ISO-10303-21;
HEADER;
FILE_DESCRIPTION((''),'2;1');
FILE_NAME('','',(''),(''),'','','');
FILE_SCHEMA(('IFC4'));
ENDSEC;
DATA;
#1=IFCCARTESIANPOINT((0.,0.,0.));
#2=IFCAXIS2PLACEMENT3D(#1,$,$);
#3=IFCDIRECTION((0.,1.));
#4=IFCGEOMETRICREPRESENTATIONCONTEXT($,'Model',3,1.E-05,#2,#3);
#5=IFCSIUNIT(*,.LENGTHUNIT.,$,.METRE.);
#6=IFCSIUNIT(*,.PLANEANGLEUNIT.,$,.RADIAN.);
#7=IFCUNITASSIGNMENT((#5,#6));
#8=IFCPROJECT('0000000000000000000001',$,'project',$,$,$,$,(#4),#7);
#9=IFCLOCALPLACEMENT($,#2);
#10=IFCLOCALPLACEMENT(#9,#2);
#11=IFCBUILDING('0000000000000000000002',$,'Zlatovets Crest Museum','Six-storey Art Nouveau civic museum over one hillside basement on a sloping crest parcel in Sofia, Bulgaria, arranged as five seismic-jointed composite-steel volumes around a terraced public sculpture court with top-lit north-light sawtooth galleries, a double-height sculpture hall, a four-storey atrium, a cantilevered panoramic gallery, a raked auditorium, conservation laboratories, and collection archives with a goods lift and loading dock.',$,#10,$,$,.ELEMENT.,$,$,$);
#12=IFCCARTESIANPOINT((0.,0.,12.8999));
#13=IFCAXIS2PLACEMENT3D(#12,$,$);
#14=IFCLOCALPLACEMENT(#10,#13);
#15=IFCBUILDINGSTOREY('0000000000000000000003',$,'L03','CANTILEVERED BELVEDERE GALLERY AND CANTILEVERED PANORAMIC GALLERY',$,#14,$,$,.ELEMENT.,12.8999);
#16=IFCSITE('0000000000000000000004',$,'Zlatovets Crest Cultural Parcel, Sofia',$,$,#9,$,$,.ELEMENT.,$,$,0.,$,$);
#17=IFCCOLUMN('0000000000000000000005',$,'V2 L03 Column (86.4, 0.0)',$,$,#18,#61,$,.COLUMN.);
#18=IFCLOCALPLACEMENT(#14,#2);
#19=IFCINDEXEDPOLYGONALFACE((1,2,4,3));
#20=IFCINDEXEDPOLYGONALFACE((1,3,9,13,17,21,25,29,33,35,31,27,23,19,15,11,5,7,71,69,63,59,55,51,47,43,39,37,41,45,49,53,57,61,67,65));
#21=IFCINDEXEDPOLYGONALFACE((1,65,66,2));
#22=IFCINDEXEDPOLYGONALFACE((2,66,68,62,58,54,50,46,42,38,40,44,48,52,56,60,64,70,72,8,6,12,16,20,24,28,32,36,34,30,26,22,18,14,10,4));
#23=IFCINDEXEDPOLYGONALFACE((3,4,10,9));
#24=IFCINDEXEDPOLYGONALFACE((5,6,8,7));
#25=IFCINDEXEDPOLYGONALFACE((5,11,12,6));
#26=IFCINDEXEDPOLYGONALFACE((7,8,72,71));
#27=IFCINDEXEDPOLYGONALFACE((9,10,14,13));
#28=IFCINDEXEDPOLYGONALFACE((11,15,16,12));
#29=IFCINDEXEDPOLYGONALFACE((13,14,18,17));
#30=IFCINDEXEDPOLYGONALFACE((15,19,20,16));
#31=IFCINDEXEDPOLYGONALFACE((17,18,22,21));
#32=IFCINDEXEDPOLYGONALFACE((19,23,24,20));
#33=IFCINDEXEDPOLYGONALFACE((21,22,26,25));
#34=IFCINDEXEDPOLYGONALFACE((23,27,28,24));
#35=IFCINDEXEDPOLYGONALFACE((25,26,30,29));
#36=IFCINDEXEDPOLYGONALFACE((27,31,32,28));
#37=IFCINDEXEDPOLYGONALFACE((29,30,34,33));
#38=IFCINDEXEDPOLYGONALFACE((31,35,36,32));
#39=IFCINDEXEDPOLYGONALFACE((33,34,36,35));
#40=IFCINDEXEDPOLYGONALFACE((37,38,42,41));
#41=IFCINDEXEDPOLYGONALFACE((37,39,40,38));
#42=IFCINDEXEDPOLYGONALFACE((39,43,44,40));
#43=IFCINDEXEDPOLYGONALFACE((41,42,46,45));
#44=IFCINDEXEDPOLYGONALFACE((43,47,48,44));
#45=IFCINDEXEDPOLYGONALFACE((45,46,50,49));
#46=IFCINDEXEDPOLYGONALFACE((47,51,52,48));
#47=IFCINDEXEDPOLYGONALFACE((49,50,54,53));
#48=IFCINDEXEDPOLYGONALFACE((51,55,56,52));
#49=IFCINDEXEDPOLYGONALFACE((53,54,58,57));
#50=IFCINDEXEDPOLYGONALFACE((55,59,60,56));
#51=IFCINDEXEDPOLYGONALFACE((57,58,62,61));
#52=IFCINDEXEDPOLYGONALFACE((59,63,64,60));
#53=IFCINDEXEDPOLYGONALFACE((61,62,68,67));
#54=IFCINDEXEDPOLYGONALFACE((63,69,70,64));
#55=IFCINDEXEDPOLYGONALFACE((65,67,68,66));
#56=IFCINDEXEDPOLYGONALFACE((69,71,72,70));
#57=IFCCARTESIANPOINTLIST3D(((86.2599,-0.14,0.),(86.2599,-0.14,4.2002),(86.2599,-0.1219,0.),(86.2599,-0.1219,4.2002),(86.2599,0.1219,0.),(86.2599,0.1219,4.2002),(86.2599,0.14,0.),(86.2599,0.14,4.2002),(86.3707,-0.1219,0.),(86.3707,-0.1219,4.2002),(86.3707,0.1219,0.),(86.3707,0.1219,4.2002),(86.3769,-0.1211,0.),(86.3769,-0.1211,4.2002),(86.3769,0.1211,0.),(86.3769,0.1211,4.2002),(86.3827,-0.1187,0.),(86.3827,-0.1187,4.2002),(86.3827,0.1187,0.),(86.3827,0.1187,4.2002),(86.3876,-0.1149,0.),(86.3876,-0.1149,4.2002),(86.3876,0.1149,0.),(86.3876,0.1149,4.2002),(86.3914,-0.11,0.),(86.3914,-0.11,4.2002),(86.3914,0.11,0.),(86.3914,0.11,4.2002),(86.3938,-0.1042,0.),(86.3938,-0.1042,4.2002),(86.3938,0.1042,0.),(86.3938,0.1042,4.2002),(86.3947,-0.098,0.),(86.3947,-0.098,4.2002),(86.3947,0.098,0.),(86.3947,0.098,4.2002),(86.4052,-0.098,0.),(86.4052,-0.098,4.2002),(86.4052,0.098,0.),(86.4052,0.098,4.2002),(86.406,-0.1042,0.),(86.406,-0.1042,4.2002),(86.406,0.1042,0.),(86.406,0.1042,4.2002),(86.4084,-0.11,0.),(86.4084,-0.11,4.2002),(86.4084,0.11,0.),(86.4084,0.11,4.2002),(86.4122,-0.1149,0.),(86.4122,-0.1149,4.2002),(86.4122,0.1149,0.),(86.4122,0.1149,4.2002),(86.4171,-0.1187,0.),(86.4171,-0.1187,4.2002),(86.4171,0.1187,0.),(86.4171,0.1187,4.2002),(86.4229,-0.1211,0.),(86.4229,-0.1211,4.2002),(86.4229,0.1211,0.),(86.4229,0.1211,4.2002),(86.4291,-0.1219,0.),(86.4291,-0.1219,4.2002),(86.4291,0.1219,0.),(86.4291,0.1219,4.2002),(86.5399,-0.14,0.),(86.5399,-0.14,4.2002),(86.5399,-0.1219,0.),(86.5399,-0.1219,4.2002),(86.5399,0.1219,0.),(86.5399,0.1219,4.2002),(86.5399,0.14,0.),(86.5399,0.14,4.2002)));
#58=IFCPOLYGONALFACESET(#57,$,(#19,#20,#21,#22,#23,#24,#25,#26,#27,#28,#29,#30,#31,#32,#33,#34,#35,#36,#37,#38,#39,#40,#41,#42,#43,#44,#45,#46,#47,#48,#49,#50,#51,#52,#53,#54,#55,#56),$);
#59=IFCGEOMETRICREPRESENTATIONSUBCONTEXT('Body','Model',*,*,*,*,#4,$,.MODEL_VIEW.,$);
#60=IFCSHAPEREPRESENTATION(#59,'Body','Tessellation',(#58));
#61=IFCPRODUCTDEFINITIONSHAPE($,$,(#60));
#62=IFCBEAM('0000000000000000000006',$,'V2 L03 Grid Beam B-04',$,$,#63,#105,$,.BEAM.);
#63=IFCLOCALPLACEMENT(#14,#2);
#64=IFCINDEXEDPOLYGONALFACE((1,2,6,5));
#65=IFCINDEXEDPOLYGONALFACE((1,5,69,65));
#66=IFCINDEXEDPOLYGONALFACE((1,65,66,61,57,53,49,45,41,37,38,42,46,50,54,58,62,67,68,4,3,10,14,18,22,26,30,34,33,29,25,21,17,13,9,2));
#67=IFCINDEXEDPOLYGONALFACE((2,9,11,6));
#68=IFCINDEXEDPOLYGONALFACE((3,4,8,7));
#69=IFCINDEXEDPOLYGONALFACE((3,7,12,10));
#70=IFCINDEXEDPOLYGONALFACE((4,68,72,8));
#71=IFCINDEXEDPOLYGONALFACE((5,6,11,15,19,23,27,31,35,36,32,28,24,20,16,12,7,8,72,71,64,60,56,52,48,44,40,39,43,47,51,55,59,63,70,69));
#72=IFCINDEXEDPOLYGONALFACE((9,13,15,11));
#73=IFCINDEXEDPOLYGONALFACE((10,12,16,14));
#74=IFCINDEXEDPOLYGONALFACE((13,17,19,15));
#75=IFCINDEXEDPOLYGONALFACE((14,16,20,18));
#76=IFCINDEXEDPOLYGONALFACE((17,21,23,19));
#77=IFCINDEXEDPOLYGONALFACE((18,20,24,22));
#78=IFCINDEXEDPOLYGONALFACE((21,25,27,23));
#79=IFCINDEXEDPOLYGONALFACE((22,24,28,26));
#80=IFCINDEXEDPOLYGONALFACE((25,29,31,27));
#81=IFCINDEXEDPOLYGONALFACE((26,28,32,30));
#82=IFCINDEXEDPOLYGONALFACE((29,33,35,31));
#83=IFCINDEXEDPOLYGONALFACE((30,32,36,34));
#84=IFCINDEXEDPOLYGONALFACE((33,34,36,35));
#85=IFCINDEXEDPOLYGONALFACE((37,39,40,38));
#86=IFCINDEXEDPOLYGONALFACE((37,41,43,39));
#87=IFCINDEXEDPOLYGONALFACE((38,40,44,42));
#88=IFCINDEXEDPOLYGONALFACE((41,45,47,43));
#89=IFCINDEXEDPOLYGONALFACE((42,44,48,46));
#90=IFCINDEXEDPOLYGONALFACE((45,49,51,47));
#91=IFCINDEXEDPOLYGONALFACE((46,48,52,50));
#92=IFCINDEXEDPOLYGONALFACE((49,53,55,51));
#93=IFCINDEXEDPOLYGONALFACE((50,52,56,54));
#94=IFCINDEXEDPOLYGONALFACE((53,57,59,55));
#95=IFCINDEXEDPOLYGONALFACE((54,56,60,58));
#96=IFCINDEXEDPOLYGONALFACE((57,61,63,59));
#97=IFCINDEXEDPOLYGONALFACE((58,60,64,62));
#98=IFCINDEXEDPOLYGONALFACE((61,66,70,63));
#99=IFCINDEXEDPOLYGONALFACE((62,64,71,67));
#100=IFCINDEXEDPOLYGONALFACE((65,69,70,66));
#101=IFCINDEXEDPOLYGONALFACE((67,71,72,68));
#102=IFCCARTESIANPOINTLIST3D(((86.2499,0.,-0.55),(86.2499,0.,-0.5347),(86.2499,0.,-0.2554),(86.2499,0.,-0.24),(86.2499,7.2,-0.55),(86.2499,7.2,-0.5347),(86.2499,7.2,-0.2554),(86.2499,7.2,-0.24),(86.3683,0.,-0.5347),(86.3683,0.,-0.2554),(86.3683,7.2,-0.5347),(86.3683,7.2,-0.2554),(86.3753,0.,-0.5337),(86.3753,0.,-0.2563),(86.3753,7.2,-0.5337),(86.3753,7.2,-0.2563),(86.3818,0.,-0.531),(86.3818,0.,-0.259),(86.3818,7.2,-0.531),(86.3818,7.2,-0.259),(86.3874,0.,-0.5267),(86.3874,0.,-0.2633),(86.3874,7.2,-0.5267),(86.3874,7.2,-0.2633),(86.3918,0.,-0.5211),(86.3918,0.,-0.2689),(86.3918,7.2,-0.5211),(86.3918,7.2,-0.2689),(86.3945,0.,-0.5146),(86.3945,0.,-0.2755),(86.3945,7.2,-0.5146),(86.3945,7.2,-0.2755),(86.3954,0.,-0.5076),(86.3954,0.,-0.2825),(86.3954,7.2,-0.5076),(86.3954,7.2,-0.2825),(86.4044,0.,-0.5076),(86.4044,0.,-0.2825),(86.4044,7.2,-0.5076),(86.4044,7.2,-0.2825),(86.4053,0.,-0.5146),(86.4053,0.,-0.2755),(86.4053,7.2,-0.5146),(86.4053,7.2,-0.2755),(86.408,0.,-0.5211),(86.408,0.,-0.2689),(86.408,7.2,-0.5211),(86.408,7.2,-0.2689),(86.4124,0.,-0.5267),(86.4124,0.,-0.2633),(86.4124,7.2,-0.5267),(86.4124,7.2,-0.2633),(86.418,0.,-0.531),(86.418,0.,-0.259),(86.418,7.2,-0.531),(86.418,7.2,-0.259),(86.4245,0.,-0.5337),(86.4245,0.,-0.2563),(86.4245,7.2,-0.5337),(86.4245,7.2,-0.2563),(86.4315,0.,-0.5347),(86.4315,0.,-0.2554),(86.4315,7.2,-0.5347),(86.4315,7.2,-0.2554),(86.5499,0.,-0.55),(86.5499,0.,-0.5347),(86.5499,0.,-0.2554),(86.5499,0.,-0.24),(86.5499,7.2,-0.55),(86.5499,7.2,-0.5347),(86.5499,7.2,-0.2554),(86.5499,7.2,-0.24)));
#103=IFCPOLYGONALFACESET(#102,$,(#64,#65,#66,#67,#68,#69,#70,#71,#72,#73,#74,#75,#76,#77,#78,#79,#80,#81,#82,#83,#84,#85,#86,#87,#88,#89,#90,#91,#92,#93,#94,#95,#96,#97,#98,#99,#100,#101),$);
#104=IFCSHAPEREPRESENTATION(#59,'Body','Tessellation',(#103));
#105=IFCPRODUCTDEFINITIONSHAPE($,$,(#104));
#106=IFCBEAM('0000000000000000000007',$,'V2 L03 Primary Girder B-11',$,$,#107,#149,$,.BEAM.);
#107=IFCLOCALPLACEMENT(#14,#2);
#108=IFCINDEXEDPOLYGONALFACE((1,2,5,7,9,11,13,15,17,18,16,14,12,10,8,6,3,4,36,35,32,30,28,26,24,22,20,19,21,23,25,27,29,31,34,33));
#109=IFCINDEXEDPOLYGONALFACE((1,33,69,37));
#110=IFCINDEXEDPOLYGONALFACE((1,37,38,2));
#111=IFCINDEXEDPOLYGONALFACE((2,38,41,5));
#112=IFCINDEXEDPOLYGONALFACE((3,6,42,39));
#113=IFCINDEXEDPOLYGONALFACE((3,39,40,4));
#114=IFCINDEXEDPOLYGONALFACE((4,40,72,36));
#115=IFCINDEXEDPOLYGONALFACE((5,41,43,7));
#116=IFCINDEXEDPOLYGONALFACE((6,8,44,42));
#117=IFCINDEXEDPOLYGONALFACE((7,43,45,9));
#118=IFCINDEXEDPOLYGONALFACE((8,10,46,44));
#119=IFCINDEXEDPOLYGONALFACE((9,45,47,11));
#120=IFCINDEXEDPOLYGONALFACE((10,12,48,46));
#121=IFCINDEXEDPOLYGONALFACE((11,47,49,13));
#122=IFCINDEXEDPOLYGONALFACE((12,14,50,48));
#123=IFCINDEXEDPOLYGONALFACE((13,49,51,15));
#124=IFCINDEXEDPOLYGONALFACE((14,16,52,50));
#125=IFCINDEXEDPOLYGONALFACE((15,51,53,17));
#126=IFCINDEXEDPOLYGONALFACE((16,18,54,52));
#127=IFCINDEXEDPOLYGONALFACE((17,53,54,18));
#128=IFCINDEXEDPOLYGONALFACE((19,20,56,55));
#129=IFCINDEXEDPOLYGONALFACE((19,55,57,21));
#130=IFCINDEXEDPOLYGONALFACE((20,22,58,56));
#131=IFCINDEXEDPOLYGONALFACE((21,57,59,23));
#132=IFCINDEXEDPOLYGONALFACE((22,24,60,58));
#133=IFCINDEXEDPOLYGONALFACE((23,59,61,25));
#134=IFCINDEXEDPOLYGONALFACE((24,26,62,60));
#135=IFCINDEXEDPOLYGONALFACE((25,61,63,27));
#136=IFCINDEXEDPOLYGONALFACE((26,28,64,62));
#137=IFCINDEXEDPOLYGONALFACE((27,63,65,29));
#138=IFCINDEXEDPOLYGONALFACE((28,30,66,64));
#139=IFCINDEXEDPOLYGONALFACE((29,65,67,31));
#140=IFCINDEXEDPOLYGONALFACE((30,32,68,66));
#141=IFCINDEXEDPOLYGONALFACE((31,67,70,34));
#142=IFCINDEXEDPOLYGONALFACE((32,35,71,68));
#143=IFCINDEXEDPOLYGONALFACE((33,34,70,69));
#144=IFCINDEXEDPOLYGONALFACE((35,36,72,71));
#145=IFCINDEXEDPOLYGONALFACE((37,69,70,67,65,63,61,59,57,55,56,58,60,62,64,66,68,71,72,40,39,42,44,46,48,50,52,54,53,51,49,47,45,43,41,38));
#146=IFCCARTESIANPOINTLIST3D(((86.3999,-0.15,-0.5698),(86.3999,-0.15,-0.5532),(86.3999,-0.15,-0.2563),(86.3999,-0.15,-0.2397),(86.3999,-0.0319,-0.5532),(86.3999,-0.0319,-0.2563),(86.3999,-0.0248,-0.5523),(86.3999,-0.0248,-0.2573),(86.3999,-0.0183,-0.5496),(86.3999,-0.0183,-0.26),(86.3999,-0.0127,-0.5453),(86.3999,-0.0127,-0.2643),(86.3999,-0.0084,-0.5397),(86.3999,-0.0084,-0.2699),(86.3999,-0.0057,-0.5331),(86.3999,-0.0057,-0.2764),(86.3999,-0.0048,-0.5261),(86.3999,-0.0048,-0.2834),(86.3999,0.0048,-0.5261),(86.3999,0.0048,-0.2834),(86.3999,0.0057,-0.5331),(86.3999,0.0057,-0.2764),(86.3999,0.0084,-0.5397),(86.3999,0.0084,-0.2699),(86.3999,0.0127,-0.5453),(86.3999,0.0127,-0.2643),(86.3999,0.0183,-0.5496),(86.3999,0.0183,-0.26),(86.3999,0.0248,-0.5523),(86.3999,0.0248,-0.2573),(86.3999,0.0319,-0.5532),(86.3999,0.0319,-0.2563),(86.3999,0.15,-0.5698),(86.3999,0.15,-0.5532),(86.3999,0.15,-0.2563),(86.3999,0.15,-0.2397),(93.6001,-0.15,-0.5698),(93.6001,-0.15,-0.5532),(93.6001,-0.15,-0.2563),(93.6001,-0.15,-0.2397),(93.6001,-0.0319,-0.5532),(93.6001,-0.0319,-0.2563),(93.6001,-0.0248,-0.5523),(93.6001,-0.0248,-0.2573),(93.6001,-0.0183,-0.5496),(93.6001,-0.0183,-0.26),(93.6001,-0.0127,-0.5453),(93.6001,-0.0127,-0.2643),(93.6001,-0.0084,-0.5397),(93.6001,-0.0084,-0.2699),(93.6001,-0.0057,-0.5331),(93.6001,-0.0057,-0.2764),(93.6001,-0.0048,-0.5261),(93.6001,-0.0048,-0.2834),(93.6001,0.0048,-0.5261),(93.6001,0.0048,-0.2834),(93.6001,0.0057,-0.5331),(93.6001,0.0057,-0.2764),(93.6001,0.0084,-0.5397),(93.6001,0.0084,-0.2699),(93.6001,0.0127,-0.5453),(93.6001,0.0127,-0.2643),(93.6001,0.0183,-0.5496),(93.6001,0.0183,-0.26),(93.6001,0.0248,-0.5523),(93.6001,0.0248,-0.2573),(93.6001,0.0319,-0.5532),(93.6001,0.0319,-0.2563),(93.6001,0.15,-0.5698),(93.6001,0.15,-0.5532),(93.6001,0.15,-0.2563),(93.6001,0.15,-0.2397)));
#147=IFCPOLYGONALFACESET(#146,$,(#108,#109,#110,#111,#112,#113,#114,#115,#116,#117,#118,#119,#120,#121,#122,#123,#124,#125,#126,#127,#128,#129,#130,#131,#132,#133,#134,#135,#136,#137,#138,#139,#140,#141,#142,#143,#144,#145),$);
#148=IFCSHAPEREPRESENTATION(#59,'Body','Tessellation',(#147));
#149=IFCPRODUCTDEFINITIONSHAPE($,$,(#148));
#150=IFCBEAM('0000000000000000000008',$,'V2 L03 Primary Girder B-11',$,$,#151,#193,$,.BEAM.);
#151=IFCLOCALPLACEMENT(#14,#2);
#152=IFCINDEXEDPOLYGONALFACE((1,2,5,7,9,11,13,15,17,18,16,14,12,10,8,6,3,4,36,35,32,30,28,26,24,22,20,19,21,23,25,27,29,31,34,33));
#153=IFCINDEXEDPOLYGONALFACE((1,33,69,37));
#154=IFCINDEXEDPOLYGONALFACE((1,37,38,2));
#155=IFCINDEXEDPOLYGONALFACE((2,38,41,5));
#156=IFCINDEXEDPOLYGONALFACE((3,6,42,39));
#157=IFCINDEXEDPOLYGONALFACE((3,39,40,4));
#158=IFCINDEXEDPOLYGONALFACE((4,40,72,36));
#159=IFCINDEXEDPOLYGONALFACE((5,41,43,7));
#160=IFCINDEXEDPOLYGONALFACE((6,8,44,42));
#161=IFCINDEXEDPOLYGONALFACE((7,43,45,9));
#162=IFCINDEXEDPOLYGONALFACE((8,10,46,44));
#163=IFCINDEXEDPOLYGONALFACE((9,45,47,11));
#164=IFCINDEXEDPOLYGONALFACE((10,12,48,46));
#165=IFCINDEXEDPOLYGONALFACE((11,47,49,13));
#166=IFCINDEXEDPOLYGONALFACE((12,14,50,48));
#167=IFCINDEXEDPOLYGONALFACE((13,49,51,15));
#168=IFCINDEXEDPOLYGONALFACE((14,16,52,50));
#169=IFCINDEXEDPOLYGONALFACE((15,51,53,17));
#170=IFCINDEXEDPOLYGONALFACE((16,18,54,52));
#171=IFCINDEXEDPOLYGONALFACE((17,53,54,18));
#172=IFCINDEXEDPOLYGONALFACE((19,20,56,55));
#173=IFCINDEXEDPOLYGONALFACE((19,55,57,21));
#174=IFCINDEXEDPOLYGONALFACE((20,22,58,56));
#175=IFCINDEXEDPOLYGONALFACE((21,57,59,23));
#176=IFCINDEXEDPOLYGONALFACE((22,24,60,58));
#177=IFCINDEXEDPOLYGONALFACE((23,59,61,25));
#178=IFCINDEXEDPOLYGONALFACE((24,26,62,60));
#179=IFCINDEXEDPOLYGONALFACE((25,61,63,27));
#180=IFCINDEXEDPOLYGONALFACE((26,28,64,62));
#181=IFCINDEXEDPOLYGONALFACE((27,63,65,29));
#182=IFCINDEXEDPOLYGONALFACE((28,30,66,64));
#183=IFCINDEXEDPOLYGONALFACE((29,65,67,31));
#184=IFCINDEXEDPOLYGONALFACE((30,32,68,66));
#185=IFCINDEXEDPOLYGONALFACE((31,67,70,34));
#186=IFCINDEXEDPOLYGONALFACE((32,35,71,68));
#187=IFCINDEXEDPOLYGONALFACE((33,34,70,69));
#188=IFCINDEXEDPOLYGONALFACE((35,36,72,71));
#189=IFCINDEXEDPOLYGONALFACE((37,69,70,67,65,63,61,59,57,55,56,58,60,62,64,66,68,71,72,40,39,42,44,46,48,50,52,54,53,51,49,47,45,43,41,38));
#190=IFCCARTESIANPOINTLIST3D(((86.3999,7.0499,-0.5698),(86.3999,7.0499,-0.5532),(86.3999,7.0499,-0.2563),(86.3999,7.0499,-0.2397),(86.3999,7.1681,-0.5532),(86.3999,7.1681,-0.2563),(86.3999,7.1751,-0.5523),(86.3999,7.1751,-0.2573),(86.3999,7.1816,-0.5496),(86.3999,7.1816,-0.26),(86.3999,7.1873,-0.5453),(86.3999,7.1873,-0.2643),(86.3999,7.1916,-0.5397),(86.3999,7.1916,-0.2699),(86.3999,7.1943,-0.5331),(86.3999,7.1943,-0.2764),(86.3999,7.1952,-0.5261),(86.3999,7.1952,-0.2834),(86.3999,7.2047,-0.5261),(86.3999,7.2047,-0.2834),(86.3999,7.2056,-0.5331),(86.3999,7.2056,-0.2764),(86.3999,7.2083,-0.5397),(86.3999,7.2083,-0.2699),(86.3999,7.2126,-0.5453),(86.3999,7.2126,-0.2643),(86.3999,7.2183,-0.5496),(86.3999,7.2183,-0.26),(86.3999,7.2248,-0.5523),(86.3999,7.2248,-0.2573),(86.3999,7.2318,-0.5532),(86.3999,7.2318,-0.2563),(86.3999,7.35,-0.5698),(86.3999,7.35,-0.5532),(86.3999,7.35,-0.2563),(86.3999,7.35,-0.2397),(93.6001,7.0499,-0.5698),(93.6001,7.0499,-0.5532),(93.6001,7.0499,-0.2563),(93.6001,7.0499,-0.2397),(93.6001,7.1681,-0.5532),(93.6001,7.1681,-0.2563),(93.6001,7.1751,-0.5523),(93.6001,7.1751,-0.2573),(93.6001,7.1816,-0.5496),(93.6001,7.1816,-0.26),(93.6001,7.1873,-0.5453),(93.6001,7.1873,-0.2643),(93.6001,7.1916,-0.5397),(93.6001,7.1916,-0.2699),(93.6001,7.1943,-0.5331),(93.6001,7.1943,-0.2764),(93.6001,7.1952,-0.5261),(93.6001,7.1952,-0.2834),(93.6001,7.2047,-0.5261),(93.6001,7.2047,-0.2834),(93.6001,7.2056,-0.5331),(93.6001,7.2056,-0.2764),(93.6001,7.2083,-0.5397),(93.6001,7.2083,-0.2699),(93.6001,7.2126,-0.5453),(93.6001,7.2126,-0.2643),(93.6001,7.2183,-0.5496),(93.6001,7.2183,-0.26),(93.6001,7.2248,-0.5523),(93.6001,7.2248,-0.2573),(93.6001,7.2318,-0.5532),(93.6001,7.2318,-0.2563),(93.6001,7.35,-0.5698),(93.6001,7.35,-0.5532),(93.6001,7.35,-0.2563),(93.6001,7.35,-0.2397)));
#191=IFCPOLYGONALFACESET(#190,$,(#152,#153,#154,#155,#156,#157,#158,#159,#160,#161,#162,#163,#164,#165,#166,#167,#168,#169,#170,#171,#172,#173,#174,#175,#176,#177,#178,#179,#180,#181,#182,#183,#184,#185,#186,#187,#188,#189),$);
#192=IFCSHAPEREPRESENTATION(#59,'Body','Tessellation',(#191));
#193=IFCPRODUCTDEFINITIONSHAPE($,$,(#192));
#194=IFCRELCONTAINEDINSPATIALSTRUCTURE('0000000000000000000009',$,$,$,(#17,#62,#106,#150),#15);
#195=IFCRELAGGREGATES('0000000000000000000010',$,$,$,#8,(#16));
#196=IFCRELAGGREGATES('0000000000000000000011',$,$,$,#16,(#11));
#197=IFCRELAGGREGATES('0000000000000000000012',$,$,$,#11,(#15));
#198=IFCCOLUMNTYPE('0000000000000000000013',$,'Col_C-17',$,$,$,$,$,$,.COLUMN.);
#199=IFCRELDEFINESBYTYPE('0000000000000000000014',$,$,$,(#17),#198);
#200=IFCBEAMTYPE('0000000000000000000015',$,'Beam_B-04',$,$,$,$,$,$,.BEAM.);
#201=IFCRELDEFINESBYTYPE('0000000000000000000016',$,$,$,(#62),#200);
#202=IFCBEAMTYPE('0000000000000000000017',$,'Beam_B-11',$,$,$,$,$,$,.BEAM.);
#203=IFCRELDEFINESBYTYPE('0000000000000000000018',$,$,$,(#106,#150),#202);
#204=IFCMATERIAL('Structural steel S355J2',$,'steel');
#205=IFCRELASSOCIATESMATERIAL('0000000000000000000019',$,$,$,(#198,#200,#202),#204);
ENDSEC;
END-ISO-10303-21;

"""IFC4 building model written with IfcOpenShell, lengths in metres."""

from ifc_helpers import new_model, si_unit, direction, frame, origin, origin_2d, place, context, subcontext, project, spatial, i_section, extrude, material, material_profile, profile_set, type_object, element, save


model = new_model("IFC4")

# Units and contexts
model_context = context("Model", 3, precision=1e-05, world=origin(), true_north=direction((0.0, 1.0)))
body_context = subcontext(model_context, "Body", "Model", "MODEL_VIEW")
ifc_project = project(units=[si_unit("LENGTHUNIT", "METRE"), si_unit("PLANEANGLEUNIT", "RADIAN")], contexts=[model_context])

# Site, building, storey
site_placement = place(None, origin())
site = spatial("IfcSite", under=ifc_project, at=site_placement, Name="Zlatovets Crest Cultural Parcel, Sofia", CompositionType="ELEMENT", RefElevation=0.0)
building_placement = place(site_placement, origin())
building = spatial("IfcBuilding", under=site, at=building_placement, Name="Zlatovets Crest Museum", Description="Six-storey Art Nouveau civic museum over one hillside basement on a sloping crest parcel in Sofia, Bulgaria, arranged as five seismic-jointed composite-steel volumes around a terraced public sculpture court with top-lit north-light sawtooth galleries, a double-height sculpture hall, a four-storey atrium, a cantilevered panoramic gallery, a raked auditorium, conservation laboratories, and collection archives with a goods lift and loading dock.", CompositionType="ELEMENT")
storey_placement = place(building_placement, frame((0.0, 0.0, 12.8999)))
storey = spatial("IfcBuildingStorey", under=building, at=storey_placement, Name="L03", Description="CANTILEVERED BELVEDERE GALLERY AND CANTILEVERED PANORAMIC GALLERY", CompositionType="ELEMENT", Elevation=12.8999)

# Column
ifc_material_1 = material(Name="Structural steel S355J2", Category="steel")
ifc_material_profile_1 = material_profile(ifc_material_1, i_section(OverallWidth=0.28, OverallDepth=0.28, WebThickness=0.0105, FlangeThickness=0.0181, FilletRadius=0.0239, at=origin_2d()), Name="HEB 280")
ifc_profile_set_1 = profile_set([ifc_material_profile_1], Name="Structural steel S355J2")
column_type = type_object("IfcColumnType", Name="Col_C-17", PredefinedType="COLUMN", material=ifc_profile_set_1)
column_placement = place(storey_placement, frame((86.3999, 0.0, 0.0), z_axis=(0.0, 0.0, 1.0), x_axis=(1.0, 0.0, 0.0)))
element("IfcColumn", 1, at=column_placement, inside=storey, type_object=column_type, Name="V2 L03 Column (86.4, 0.0)", PredefinedType="COLUMN", context=body_context, shape_type="SweptSolid", body=[
    extrude(i_section(OverallWidth=0.28, OverallDepth=0.28, WebThickness=0.0105, FlangeThickness=0.0181, FilletRadius=0.0239, at=origin_2d()), origin(), (0.0, 0.0, 1.0), 4.2002),
])

# Beams
ifc_material_profile_2 = material_profile(ifc_material_1, i_section(OverallWidth=0.3, OverallDepth=0.3101, WebThickness=0.009, FlangeThickness=0.0154, FilletRadius=0.0271, at=origin_2d()), Name="HEA 320")
ifc_profile_set_2 = profile_set([ifc_material_profile_2], Name="Structural steel S355J2")
beam_type_1 = type_object("IfcBeamType", Name="Beam_B-04", PredefinedType="BEAM", material=ifc_profile_set_2)
beam_1_placement = place(storey_placement, frame((86.3999, 0.0, -0.395), z_axis=(0.0, 1.0, 0.0), x_axis=(-1.0, 0.0, 0.0)))
element("IfcBeam", 2, at=beam_1_placement, inside=storey, type_object=beam_type_1, Name="V2 L03 Grid Beam B-04", PredefinedType="BEAM", context=body_context, shape_type="SweptSolid", body=[
    extrude(i_section(OverallWidth=0.3, OverallDepth=0.3101, WebThickness=0.009, FlangeThickness=0.0154, FilletRadius=0.0271, at=origin_2d()), origin(), (0.0, 0.0, 1.0), 7.2),
])
ifc_material_profile_3 = material_profile(ifc_material_1, i_section(OverallWidth=0.3, OverallDepth=0.3301, WebThickness=0.0095, FlangeThickness=0.0166, FilletRadius=0.0271, at=origin_2d()), Name="HEA 340")
ifc_profile_set_3 = profile_set([ifc_material_profile_3], Name="Structural steel S355J2")
beam_type_2 = type_object("IfcBeamType", Name="Beam_B-11", PredefinedType="BEAM", material=ifc_profile_set_3)
for number, where, z_axis, x_axis, name in (
    (3, (86.3999, 0.0, -0.4048), (1.0, 0.0, 0.0), (0.0, 1.0, 0.0), "V2 L03 Primary Girder B-11"),
    (4, (86.3999, 7.2, -0.4048), (1.0, 0.0, 0.0), (0.0, 1.0, 0.0), "V2 L03 Primary Girder B-11"),
):
    element("IfcBeam", number, at=place(storey_placement, frame(where, z_axis=z_axis, x_axis=x_axis)), inside=storey, type_object=beam_type_2, Name=name, PredefinedType="BEAM", context=body_context, shape_type="SweptSolid", body=[
        extrude(i_section(OverallWidth=0.3, OverallDepth=0.3301, WebThickness=0.0095, FlangeThickness=0.0166, FilletRadius=0.0271, at=origin_2d()), origin(), (0.0, 0.0, 1.0), 7.2002),
    ])

save(model, "model.ifc")
